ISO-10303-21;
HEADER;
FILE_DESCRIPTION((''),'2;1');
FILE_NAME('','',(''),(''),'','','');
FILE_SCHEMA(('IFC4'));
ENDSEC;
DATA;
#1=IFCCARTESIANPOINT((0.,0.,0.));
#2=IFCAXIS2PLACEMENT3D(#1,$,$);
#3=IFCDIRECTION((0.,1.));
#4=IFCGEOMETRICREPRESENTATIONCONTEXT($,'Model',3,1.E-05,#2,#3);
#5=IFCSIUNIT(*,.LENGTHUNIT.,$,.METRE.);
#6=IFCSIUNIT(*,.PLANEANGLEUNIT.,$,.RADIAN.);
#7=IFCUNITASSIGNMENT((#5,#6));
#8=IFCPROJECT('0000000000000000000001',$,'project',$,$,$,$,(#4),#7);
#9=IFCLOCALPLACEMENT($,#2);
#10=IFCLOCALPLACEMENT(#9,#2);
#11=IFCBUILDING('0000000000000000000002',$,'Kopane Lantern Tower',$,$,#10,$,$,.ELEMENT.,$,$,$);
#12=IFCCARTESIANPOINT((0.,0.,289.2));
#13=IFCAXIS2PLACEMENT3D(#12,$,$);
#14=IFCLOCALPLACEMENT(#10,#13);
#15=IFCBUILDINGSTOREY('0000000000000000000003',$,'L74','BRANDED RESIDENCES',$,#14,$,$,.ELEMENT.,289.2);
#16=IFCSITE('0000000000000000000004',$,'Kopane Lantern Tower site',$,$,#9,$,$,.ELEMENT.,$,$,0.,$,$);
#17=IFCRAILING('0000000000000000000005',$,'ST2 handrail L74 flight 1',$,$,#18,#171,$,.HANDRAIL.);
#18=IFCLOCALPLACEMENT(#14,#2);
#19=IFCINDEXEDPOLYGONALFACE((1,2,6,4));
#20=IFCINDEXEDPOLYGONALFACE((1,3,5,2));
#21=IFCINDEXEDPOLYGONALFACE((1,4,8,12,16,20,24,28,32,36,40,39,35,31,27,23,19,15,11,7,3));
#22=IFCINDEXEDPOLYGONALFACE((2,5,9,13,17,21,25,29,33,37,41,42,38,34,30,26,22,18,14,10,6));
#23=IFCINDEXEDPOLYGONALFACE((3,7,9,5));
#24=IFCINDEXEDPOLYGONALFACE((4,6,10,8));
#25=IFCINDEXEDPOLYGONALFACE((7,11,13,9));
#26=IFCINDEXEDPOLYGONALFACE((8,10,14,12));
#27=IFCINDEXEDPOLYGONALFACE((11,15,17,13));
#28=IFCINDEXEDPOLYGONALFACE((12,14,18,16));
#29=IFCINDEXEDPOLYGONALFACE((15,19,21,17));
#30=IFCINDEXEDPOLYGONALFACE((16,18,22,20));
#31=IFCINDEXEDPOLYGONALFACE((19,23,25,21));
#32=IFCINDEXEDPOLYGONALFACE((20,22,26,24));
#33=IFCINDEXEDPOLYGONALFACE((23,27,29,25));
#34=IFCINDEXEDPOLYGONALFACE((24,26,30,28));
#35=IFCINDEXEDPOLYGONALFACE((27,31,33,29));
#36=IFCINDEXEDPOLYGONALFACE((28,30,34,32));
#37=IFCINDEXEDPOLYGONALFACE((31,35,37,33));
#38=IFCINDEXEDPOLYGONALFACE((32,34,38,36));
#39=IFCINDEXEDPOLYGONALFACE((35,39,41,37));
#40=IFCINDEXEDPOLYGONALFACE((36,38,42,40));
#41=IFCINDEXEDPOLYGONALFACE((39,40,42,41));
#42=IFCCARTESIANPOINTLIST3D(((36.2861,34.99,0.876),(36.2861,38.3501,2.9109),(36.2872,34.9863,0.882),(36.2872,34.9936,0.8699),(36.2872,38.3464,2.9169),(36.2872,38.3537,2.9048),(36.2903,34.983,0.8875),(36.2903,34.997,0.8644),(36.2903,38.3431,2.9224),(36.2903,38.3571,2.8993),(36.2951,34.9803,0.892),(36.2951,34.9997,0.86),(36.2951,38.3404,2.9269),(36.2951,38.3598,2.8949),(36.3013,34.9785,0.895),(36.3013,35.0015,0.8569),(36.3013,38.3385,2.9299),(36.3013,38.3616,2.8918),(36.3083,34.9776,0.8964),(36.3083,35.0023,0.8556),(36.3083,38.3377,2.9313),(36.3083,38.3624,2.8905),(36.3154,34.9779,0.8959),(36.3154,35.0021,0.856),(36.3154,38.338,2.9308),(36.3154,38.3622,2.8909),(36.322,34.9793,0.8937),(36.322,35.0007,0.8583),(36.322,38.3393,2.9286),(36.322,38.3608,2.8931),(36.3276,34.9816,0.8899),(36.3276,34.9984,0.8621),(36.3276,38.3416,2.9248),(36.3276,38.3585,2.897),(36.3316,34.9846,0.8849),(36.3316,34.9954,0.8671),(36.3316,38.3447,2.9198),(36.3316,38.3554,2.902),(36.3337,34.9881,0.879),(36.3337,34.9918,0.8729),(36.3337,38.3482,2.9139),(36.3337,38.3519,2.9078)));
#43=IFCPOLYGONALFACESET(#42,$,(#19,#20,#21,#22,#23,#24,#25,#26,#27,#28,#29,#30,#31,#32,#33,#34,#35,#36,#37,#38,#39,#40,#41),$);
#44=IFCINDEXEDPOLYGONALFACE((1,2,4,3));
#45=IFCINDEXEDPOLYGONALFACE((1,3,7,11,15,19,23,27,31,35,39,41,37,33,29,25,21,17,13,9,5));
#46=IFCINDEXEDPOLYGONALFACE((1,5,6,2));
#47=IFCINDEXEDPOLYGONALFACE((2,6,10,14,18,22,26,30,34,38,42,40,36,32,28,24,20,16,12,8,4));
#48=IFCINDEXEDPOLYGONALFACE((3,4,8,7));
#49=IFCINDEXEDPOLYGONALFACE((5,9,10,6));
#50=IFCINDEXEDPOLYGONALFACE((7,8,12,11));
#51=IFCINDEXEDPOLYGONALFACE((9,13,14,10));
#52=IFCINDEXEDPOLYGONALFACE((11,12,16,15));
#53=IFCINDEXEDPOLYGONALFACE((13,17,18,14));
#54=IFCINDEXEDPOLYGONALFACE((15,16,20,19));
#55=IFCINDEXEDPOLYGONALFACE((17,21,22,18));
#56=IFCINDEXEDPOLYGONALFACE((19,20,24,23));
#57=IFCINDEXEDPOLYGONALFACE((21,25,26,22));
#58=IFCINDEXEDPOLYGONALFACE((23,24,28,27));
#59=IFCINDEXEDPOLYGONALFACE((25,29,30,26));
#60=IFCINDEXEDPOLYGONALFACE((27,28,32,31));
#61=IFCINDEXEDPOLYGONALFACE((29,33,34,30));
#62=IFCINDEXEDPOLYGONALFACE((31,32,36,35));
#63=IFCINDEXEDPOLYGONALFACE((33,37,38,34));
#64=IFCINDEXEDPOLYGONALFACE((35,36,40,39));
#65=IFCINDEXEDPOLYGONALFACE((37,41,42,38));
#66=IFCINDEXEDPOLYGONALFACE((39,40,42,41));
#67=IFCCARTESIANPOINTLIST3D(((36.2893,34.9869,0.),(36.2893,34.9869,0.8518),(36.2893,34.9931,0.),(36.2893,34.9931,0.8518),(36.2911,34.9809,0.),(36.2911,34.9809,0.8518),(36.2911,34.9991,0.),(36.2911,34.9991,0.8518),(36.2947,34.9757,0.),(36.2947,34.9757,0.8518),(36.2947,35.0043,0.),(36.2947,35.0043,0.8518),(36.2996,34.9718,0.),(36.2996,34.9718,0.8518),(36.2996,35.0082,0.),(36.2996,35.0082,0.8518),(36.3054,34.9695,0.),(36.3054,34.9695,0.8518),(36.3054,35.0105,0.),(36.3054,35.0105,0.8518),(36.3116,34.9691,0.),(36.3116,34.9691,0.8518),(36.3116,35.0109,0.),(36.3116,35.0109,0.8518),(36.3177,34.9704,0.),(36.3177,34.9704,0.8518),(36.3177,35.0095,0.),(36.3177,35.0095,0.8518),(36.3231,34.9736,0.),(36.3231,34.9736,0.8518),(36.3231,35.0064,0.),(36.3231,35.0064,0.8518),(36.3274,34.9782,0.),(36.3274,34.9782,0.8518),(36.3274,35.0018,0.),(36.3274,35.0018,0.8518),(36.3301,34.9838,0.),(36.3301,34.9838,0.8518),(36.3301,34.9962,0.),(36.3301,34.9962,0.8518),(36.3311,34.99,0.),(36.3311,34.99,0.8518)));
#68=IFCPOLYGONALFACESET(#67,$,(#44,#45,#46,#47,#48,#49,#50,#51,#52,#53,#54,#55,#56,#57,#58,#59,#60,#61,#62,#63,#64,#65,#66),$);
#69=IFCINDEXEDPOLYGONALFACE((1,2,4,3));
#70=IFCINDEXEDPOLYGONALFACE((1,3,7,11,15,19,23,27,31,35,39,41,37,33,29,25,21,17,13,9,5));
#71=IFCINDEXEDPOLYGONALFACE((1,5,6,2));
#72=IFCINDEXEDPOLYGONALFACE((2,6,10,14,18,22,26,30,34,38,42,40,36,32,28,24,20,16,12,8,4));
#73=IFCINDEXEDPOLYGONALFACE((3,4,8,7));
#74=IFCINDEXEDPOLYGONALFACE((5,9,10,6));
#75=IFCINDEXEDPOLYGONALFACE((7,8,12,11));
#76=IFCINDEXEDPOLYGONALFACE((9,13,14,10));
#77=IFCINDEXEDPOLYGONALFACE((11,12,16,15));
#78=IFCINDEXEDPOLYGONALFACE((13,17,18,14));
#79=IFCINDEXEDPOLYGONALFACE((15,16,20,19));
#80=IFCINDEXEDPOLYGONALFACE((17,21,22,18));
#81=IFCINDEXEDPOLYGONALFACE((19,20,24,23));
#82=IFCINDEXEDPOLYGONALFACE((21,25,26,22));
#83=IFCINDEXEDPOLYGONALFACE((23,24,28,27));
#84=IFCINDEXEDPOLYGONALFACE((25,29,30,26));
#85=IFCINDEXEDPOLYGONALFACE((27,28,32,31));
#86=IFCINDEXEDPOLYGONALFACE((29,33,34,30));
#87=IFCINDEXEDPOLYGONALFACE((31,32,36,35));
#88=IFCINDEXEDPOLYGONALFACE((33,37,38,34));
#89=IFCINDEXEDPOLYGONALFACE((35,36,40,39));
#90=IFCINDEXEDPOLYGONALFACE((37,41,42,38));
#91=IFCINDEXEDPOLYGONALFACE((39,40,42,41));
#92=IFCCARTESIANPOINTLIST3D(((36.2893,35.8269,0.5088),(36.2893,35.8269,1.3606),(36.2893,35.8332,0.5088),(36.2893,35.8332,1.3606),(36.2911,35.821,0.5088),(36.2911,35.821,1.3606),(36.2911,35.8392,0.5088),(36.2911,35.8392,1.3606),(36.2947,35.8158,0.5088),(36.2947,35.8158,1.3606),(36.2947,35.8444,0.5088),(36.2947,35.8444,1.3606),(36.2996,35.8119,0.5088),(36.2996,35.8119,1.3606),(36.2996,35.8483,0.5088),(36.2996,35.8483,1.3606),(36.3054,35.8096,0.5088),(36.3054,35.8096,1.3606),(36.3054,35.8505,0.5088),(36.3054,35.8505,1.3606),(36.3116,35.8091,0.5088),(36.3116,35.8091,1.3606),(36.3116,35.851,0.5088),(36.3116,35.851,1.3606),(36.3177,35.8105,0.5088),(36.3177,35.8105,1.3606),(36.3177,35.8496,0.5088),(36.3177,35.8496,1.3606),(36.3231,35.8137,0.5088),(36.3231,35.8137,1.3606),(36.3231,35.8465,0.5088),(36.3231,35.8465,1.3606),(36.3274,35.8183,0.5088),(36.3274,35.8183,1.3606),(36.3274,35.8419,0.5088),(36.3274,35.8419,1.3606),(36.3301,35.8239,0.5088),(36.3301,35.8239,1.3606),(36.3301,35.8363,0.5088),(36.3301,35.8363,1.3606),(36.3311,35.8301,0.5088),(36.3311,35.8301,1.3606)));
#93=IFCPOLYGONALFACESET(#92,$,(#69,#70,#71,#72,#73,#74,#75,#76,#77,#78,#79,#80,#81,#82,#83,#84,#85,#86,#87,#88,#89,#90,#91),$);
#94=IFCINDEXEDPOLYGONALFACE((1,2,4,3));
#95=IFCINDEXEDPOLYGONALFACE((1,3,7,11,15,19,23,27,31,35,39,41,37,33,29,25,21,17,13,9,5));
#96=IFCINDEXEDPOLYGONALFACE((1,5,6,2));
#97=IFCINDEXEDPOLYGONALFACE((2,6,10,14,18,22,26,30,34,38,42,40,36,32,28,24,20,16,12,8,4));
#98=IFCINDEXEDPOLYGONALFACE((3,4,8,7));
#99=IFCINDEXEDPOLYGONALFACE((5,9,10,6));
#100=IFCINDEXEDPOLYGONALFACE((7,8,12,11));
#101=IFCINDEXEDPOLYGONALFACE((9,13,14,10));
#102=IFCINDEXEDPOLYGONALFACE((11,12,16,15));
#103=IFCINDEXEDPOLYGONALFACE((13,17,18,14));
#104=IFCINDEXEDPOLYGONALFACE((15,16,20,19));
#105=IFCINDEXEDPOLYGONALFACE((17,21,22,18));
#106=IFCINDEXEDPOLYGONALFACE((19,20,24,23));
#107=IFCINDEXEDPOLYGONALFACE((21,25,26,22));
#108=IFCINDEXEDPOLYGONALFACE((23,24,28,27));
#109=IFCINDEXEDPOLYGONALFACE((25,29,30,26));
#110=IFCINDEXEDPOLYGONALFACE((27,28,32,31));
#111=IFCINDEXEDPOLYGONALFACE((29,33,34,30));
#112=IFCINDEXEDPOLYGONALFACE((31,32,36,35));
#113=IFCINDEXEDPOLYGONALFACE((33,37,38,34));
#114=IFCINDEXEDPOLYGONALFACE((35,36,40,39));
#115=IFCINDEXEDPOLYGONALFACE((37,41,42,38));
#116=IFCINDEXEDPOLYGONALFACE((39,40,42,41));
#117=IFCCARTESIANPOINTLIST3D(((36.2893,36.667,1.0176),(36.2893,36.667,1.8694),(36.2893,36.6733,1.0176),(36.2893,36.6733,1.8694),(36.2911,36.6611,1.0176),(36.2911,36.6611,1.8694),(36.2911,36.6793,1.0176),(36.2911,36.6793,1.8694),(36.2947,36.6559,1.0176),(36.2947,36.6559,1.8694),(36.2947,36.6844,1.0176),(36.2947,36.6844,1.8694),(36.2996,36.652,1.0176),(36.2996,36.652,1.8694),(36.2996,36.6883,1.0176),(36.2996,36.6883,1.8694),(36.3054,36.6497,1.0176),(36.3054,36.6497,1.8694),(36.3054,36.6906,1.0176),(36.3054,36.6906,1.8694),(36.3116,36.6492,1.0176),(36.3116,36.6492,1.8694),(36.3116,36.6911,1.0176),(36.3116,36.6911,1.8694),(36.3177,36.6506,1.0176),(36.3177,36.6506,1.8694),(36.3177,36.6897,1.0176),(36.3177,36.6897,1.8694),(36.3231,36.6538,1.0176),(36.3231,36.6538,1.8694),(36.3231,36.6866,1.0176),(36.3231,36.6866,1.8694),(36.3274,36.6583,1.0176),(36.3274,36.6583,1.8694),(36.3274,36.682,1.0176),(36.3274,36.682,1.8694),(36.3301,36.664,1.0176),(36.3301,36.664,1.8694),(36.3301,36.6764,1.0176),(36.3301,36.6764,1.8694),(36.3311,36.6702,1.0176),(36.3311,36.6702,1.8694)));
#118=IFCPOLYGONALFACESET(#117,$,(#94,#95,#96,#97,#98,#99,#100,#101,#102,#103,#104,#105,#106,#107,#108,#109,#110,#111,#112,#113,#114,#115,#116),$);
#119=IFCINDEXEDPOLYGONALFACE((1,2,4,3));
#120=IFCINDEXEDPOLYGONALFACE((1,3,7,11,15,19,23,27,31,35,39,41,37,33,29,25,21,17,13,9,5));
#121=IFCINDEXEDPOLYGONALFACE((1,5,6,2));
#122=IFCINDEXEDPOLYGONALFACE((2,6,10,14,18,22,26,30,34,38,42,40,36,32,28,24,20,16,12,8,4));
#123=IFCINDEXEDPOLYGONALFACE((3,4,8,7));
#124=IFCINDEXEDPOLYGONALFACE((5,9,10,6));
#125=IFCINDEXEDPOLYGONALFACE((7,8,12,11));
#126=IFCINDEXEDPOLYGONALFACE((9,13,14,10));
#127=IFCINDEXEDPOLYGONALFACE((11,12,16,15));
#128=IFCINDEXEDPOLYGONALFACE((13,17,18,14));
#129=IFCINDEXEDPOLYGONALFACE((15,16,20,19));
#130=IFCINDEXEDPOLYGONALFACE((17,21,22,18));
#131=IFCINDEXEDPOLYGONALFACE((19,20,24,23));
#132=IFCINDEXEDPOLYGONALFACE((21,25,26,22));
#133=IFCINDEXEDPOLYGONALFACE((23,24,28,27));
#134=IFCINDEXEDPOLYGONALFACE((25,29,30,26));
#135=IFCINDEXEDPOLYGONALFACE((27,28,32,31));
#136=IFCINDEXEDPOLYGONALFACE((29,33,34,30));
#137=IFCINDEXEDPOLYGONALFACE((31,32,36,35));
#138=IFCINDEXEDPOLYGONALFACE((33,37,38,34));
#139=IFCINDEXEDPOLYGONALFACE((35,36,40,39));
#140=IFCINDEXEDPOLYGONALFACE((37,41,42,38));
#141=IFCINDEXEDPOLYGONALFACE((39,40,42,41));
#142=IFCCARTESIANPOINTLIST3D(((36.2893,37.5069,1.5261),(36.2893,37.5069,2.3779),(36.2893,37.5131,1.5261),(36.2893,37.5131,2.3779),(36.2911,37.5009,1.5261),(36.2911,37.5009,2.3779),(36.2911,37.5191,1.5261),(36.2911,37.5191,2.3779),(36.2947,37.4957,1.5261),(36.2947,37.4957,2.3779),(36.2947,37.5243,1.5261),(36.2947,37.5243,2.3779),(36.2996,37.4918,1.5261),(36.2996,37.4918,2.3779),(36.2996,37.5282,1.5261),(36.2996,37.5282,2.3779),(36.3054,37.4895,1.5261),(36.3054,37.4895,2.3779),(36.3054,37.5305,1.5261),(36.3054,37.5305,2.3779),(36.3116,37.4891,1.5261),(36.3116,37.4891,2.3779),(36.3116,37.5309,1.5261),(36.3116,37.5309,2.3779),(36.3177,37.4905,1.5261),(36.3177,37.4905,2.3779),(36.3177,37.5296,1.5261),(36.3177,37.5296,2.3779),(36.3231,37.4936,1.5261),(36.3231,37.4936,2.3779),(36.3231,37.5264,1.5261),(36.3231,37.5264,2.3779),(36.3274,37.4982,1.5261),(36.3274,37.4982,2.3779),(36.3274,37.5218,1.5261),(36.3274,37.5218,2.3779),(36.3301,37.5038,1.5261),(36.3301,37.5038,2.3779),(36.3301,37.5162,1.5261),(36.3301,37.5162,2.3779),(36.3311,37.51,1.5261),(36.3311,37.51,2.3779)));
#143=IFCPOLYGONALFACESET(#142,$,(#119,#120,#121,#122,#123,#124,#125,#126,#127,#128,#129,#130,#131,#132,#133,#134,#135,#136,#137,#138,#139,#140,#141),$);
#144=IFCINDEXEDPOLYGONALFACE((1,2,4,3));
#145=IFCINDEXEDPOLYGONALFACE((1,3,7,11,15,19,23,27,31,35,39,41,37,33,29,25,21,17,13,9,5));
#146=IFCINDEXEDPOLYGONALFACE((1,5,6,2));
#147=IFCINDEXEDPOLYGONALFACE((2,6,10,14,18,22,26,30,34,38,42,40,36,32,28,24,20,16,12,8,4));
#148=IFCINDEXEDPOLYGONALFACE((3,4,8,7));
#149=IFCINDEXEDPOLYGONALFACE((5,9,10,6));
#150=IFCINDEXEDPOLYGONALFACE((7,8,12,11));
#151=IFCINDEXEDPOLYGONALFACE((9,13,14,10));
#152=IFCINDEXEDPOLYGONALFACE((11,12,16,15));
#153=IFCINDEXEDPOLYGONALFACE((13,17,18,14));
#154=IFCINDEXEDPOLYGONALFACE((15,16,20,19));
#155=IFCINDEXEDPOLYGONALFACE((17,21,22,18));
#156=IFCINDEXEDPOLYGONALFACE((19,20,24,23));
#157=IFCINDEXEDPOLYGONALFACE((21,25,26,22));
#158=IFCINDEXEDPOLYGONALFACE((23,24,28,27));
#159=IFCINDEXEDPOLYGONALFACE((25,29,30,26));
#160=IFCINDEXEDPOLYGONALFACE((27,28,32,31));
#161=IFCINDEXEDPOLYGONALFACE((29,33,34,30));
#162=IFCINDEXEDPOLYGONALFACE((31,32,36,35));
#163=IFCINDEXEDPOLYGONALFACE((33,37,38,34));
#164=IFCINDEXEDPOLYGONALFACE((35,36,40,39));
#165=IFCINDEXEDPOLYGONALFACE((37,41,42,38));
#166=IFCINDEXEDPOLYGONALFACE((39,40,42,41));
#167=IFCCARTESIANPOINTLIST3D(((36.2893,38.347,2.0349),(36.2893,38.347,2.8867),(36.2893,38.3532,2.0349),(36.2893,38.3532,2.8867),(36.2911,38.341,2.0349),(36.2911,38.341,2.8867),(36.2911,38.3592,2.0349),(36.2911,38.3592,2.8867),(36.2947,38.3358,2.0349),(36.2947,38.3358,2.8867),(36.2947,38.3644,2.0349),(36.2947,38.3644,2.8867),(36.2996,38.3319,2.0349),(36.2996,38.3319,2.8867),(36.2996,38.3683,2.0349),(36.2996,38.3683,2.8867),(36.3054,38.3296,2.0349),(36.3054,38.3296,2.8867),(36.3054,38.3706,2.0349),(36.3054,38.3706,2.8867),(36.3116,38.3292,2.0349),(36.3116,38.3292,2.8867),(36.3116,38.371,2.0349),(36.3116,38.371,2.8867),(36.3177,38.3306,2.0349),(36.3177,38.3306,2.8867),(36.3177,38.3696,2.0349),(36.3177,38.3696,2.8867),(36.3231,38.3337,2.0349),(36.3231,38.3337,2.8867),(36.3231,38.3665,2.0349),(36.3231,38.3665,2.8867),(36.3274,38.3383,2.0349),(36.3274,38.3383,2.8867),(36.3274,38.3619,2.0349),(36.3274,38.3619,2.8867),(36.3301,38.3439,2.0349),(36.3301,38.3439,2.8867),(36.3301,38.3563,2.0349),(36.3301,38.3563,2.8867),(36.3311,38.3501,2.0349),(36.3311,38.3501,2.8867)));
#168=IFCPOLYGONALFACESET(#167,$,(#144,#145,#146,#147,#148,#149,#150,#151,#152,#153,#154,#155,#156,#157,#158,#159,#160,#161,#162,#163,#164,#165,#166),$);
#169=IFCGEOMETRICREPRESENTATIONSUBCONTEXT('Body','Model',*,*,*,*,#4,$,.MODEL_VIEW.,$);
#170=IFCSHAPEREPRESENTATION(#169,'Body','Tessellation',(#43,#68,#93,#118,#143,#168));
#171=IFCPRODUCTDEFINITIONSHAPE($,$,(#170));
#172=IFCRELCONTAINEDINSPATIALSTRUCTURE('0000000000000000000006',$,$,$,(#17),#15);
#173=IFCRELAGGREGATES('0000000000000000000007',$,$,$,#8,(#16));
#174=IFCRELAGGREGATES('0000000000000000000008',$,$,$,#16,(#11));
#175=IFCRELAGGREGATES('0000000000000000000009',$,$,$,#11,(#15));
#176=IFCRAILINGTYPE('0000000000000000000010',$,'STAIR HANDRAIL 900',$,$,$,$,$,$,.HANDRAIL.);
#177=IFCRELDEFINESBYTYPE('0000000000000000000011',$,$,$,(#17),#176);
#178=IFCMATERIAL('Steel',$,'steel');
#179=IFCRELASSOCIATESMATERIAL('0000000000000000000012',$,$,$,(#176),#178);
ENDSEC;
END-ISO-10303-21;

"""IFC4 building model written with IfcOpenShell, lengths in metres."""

from ifc_helpers import new_model, si_unit, direction, frame, origin, origin_2d, place, context, subcontext, project, spatial, circle, extrude, material, type_object, element, save


model = new_model("IFC4")

# Units and contexts
model_context = context("Model", 3, precision=1e-05, world=origin(), true_north=direction((0.0, 1.0)))
body_context = subcontext(model_context, "Body", "Model", "MODEL_VIEW")
ifc_project = project(units=[si_unit("LENGTHUNIT", "METRE"), si_unit("PLANEANGLEUNIT", "RADIAN")], contexts=[model_context])

# Site, building, storey
site_placement = place(None, origin())
site = spatial("IfcSite", under=ifc_project, at=site_placement, Name="Kopane Lantern Tower site", CompositionType="ELEMENT", RefElevation=0.0)
building_placement = place(site_placement, origin())
building = spatial("IfcBuilding", under=site, at=building_placement, Name="Kopane Lantern Tower", CompositionType="ELEMENT")
storey_placement = place(building_placement, frame((0.0, 0.0, 289.2)))
storey = spatial("IfcBuildingStorey", under=building, at=storey_placement, Name="L74", Description="BRANDED RESIDENCES", CompositionType="ELEMENT", Elevation=289.2)

# Railing
ifc_material_1 = material(Name="Steel", Category="steel")
railing_type_1 = type_object("IfcRailingType", Name="STAIR HANDRAIL 900", PredefinedType="HANDRAIL", material=ifc_material_1)
for number, where, name in (
    (1, (36.3101, 34.99, 0.0), "ST2 handrail L74 flight 1"),
):
    element("IfcRailing", number, at=place(storey_placement, frame(where)), inside=storey, type_object=railing_type_1, Name=name, PredefinedType="HANDRAIL", context=body_context, shape_type="SweptSolid", body=[
        extrude(circle(Radius=0.0239, at=origin_2d()), frame((0.0, 0.0, 0.876), z_axis=(0.0, 0.855369, 0.518019), x_axis=(-1.0, 0.0, 0.0)), (0.0, 0.0, 1.0), 3.9282),
        extrude(circle(Radius=0.021, at=origin_2d()), origin(), (0.0, 0.0, 1.0), 0.8518),
        extrude(circle(Radius=0.021, at=origin_2d()), frame((0.0, 0.8401, 0.5088)), (0.0, 0.0, 1.0), 0.8518),
        extrude(circle(Radius=0.021, at=origin_2d()), frame((0.0, 1.6802, 1.0176)), (0.0, 0.0, 1.0), 0.8518),
        extrude(circle(Radius=0.021, at=origin_2d()), frame((0.0, 2.52, 1.5261)), (0.0, 0.0, 1.0), 0.8518),
        extrude(circle(Radius=0.021, at=origin_2d()), frame((0.0, 3.3601, 2.0349)), (0.0, 0.0, 1.0), 0.8518),
    ])

save(model, "model.ifc")
